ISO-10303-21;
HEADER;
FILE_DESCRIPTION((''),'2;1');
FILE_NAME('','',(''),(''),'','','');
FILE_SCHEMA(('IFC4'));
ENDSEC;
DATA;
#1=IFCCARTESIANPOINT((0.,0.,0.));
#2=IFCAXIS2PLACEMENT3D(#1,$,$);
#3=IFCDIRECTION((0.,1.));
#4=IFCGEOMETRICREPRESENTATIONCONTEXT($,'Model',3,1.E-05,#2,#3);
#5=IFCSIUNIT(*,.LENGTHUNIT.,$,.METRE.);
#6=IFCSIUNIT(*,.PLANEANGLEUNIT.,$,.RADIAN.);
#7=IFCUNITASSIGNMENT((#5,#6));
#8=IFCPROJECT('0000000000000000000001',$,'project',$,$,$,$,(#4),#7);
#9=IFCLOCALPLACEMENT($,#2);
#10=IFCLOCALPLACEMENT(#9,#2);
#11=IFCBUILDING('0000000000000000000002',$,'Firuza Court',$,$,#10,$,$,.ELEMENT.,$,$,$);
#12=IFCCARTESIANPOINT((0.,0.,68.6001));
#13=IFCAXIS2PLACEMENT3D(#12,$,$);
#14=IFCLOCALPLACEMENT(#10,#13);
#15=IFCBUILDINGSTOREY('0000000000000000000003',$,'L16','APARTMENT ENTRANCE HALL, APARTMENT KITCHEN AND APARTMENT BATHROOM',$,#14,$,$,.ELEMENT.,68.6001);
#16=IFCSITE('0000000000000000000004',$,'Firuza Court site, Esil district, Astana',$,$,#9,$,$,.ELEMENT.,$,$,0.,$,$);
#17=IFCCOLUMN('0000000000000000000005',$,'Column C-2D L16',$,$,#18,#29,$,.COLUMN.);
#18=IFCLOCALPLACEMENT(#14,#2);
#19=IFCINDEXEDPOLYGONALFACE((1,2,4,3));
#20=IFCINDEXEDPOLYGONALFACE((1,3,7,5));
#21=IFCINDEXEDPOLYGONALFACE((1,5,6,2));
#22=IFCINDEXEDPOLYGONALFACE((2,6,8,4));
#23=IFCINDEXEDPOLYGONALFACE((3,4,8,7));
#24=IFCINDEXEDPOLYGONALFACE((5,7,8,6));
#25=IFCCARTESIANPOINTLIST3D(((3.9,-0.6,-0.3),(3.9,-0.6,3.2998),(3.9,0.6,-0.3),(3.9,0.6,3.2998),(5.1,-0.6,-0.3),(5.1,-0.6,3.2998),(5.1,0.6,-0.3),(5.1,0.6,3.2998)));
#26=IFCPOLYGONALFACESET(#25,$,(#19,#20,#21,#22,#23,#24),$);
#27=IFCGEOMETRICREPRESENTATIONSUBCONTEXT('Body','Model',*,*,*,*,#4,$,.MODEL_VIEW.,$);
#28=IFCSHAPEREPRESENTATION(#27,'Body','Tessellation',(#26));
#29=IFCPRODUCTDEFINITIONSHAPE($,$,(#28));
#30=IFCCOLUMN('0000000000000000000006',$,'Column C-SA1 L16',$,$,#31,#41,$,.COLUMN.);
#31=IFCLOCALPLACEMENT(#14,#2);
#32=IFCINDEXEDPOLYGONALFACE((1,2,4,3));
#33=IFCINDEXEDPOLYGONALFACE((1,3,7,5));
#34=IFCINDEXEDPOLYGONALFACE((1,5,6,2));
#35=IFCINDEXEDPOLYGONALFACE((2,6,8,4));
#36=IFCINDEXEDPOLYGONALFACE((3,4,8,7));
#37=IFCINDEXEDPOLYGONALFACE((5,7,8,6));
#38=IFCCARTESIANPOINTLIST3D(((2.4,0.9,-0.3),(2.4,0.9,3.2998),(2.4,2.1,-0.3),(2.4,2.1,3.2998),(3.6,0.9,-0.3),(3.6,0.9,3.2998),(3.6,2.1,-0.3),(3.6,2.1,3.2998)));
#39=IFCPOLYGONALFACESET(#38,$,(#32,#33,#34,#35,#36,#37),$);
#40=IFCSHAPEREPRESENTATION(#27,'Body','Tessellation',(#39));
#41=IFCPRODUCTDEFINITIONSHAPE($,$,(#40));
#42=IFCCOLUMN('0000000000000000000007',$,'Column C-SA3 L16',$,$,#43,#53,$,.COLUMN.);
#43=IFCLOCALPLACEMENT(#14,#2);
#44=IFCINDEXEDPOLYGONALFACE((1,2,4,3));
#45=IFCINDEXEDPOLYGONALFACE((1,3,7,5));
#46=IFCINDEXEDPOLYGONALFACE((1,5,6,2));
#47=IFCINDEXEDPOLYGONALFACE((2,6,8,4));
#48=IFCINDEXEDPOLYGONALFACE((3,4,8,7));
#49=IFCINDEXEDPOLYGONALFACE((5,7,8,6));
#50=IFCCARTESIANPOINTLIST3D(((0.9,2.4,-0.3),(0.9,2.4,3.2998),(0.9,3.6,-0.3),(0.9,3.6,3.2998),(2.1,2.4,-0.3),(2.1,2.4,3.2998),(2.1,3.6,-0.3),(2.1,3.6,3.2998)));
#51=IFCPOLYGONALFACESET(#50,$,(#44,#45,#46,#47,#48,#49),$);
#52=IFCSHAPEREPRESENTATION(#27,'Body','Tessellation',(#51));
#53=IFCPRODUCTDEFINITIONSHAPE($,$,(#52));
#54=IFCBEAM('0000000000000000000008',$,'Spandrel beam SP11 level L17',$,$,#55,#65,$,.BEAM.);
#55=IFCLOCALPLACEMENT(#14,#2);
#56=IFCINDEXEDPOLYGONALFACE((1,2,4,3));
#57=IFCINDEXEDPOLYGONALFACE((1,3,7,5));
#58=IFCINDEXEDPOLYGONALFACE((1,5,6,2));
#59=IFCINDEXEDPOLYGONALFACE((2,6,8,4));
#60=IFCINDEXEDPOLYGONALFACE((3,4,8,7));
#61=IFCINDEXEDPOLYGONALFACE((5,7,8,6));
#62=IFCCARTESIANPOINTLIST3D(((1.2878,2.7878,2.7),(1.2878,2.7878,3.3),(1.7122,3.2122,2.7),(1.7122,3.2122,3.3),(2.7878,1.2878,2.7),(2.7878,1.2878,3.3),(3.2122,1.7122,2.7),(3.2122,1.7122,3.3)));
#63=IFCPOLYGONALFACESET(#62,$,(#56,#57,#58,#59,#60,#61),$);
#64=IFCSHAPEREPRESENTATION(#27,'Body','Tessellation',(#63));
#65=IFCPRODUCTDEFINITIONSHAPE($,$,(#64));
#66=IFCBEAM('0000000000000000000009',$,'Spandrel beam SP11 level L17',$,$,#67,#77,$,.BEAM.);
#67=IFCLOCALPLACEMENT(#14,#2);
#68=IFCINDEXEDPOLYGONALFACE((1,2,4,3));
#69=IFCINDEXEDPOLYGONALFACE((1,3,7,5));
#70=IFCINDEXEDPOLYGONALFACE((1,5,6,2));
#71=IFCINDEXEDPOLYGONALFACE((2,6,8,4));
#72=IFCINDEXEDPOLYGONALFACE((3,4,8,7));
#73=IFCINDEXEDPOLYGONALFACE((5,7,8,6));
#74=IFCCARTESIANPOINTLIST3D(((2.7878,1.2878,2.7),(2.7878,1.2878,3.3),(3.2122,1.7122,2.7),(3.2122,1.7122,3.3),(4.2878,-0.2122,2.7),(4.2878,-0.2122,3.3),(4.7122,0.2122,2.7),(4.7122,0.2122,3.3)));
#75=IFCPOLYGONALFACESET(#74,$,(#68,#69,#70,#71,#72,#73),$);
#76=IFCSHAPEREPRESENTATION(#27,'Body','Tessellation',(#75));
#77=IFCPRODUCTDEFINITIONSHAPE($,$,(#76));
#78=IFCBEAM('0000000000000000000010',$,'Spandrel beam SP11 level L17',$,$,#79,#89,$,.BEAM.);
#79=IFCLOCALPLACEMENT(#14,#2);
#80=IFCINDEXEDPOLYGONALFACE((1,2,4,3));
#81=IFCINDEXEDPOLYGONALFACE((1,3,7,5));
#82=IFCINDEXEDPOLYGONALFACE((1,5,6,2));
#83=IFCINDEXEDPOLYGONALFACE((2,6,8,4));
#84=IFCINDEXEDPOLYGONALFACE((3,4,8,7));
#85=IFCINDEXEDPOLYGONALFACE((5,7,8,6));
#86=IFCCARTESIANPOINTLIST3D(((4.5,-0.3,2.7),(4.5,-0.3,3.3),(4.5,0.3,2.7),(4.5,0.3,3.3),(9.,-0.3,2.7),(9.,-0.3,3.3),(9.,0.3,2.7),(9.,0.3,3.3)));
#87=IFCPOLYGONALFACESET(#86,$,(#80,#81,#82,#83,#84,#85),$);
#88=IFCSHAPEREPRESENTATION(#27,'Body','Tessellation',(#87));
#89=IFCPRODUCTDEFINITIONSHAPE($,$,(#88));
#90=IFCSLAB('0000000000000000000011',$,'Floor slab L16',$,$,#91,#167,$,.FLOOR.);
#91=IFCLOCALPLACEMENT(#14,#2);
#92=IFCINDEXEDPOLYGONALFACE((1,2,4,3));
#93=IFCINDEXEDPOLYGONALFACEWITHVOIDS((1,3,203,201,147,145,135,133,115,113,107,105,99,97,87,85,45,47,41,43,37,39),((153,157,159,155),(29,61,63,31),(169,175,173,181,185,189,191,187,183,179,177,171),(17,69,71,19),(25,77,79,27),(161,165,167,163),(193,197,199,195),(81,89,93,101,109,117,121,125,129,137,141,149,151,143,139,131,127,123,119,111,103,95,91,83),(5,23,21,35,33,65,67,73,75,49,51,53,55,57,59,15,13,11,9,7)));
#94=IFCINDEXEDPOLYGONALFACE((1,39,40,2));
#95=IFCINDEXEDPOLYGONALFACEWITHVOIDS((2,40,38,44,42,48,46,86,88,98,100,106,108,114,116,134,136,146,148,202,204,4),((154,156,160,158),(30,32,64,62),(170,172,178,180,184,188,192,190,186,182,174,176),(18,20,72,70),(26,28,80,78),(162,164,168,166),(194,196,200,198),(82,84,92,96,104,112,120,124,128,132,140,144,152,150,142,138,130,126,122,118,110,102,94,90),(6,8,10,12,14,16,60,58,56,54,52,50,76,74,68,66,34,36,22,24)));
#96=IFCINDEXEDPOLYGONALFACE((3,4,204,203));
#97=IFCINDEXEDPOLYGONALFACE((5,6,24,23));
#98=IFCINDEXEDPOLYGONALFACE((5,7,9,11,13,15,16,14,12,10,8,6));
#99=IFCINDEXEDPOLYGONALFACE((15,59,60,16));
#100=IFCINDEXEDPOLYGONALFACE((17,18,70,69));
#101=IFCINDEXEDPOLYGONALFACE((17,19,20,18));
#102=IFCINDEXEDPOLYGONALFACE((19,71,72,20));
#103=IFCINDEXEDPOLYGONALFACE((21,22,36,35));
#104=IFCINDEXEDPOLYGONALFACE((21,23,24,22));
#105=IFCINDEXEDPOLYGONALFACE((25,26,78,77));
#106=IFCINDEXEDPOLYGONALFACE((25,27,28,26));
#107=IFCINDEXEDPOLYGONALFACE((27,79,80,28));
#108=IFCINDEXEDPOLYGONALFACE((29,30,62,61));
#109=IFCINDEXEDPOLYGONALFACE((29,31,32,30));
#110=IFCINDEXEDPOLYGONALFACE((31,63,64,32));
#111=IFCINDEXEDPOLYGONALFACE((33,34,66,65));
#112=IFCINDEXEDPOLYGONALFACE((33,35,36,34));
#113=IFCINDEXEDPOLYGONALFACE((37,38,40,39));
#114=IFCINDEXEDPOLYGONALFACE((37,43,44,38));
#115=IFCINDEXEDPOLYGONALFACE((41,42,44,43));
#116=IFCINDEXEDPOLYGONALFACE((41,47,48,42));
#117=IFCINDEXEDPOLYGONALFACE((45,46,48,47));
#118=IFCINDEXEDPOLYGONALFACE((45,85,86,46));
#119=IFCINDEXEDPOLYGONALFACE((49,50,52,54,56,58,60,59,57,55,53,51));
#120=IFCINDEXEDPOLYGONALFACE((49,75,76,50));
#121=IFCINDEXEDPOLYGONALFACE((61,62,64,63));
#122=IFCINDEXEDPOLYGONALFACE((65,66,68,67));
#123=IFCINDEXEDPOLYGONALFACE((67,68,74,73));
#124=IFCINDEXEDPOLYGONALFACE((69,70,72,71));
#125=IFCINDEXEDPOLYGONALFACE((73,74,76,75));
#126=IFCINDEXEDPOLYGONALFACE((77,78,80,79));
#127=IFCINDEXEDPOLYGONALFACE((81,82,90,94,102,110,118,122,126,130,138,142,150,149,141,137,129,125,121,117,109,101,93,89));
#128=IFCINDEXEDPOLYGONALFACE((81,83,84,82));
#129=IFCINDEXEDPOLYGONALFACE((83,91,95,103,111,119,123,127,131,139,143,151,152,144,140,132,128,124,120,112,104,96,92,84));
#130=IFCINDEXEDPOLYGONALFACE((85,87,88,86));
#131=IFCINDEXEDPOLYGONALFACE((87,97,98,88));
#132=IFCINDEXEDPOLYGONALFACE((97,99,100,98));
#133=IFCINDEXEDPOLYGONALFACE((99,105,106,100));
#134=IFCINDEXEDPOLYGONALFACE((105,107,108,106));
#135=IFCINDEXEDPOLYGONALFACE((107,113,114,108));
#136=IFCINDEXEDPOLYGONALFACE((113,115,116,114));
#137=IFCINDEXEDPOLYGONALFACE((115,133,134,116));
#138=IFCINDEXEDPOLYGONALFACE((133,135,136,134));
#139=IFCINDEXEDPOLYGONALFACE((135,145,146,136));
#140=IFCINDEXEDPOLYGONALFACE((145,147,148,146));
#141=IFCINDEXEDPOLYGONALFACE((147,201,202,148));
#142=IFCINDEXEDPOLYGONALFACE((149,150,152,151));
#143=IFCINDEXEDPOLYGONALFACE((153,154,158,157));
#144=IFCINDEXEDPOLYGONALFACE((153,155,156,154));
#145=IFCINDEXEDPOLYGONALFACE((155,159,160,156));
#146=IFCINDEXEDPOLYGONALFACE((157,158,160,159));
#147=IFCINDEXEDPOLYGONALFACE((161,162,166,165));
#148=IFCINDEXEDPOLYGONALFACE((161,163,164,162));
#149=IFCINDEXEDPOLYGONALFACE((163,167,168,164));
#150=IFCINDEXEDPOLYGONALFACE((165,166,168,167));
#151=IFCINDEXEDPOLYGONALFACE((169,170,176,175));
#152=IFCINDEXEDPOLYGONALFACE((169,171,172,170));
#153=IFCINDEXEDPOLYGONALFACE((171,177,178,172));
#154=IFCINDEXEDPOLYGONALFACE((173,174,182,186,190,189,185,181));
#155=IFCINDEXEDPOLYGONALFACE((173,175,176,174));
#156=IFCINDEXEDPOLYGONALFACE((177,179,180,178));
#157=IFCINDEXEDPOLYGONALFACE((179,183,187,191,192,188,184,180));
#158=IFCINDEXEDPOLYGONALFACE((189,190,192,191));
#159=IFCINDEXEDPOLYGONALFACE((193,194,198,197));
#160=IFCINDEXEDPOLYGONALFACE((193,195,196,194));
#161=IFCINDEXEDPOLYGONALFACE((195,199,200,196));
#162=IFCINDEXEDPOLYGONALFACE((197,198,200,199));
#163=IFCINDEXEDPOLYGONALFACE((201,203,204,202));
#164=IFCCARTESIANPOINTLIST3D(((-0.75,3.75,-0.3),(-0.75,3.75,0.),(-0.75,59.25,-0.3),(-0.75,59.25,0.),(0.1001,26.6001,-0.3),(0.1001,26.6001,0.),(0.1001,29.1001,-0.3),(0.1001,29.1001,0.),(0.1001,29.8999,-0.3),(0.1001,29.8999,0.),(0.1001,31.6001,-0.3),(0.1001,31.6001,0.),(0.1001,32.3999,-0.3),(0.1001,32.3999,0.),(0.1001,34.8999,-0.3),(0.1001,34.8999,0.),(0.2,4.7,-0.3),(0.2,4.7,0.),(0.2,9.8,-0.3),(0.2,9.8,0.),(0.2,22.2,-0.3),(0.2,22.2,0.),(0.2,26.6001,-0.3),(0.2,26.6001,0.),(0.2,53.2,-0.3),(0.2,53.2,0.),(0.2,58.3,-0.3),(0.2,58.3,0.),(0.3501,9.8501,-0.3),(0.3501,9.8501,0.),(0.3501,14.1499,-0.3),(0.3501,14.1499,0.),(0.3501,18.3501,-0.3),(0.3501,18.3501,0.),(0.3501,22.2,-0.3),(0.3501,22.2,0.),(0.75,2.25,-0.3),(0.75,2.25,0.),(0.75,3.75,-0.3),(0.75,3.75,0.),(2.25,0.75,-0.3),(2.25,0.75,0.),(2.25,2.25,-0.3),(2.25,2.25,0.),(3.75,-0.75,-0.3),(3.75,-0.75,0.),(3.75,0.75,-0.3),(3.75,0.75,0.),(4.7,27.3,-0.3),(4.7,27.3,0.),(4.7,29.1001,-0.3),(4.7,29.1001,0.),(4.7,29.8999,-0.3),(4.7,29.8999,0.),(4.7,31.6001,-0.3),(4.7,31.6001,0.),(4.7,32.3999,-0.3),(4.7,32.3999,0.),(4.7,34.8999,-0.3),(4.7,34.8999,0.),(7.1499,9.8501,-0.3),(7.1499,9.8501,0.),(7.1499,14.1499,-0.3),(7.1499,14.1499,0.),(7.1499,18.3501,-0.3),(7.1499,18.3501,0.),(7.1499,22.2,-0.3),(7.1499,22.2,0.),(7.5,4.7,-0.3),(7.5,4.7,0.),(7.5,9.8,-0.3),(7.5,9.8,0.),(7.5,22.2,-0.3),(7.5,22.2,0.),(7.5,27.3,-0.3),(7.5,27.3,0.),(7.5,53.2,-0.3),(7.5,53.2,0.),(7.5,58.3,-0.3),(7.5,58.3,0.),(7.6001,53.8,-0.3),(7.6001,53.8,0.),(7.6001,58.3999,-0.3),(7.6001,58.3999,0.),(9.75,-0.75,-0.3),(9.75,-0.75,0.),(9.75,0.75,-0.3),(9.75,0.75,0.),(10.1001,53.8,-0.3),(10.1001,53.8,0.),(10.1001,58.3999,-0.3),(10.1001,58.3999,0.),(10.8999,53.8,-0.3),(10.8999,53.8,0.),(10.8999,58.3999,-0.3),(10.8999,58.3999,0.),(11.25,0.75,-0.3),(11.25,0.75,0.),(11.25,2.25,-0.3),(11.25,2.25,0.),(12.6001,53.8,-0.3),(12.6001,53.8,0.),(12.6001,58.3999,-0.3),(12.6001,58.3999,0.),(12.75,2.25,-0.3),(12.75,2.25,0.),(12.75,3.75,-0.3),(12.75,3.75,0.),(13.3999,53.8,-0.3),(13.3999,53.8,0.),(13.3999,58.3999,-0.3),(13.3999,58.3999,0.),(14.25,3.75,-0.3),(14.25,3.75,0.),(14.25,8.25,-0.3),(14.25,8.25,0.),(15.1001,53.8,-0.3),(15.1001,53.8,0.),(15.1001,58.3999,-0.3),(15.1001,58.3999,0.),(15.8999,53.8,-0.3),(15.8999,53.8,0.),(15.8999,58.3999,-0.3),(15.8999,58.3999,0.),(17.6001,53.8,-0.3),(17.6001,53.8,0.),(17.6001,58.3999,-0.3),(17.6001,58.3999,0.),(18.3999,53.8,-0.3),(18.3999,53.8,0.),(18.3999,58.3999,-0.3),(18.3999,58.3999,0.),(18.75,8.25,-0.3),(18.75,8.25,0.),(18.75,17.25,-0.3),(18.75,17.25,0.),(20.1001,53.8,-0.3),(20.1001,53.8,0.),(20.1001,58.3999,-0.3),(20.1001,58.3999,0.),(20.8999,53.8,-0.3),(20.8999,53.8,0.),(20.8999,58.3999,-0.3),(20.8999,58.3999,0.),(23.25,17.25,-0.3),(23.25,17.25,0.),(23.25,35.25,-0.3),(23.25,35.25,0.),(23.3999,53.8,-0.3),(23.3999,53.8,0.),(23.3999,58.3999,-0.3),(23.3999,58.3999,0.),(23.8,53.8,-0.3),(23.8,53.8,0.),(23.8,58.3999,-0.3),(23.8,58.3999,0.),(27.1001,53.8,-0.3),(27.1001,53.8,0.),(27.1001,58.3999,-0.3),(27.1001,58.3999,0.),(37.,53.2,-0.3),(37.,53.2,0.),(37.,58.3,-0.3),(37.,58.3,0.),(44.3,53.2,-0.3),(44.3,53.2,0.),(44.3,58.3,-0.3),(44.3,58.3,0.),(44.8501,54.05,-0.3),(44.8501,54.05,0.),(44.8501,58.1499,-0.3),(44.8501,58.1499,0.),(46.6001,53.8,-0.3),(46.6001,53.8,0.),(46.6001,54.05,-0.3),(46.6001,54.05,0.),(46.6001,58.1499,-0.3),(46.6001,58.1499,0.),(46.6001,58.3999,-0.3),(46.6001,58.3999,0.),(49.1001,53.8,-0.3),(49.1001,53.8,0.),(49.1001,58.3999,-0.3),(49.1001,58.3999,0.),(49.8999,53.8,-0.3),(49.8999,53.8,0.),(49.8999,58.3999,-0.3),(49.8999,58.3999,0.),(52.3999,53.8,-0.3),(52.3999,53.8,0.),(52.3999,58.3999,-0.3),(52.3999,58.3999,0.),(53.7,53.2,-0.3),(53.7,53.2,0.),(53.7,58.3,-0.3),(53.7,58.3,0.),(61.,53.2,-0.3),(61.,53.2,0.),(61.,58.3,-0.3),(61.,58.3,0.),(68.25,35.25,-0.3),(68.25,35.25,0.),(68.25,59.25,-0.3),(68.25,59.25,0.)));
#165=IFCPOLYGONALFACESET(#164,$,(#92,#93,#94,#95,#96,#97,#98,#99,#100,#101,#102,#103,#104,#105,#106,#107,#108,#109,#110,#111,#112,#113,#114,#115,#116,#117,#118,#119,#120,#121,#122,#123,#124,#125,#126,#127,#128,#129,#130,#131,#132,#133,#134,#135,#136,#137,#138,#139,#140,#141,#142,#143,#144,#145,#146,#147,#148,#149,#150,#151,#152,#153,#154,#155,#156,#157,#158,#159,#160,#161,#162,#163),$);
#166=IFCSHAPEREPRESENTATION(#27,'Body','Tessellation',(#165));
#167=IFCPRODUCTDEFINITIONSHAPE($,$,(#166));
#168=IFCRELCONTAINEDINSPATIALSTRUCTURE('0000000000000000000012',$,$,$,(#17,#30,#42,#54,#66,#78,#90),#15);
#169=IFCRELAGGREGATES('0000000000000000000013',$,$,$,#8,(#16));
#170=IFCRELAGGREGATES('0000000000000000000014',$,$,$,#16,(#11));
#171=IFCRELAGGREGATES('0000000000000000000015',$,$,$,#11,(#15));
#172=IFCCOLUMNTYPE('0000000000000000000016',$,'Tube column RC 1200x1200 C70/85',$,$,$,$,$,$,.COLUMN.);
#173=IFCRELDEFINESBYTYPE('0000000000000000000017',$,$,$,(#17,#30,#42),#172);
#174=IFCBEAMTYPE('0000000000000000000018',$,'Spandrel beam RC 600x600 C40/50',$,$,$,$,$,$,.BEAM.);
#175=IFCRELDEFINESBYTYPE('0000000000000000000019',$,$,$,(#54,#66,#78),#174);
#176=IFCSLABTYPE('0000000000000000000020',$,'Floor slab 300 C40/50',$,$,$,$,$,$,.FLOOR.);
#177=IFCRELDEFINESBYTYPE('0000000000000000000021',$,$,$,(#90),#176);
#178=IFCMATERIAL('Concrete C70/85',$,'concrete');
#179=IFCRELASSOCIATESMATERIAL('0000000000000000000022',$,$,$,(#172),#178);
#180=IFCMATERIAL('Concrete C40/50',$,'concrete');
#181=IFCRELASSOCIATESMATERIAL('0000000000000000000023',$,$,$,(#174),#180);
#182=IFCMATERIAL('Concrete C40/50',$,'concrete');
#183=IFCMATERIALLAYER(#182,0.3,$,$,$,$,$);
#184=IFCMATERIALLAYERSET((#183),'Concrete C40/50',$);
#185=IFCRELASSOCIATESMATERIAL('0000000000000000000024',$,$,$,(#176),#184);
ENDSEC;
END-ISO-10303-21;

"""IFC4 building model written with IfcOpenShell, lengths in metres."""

from ifc_helpers import new_model, si_unit, direction, frame, origin, origin_2d, place, context, subcontext, project, spatial, polyline, rectangle, outline, extrude, material, layer, layer_set, material_profile, profile_set, type_object, element, save


model = new_model("IFC4")

# Units and contexts
model_context = context("Model", 3, precision=1e-05, world=origin(), true_north=direction((0.0, 1.0)))
body_context = subcontext(model_context, "Body", "Model", "MODEL_VIEW")
ifc_project = project(units=[si_unit("LENGTHUNIT", "METRE"), si_unit("PLANEANGLEUNIT", "RADIAN")], contexts=[model_context])

# Site, building, storey
site_placement = place(None, origin())
site = spatial("IfcSite", under=ifc_project, at=site_placement, Name="Firuza Court site, Esil district, Astana", CompositionType="ELEMENT", RefElevation=0.0)
building_placement = place(site_placement, origin())
building = spatial("IfcBuilding", under=site, at=building_placement, Name="Firuza Court", CompositionType="ELEMENT")
storey_placement = place(building_placement, frame((0.0, 0.0, 68.6001)))
storey = spatial("IfcBuildingStorey", under=building, at=storey_placement, Name="L16", Description="APARTMENT ENTRANCE HALL, APARTMENT KITCHEN AND APARTMENT BATHROOM", CompositionType="ELEMENT", Elevation=68.6001)

# Columns
ifc_material_1 = material(Name="Concrete C70/85", Category="concrete")
ifc_material_profile_1 = material_profile(ifc_material_1, rectangle(XDim=1.2, YDim=1.2, at=origin_2d()), Name="RC 1200x1200")
ifc_profile_set_1 = profile_set([ifc_material_profile_1], Name="Concrete C70/85")
column_type = type_object("IfcColumnType", Name="Tube column RC 1200x1200 C70/85", PredefinedType="COLUMN", material=ifc_profile_set_1)
for number, where, z_axis, x_axis, name in (
    (1, (4.5, 0.0, -0.3), (0.0, 0.0, 1.0), (1.0, 0.0, 0.0), "Column C-2D L16"),
    (2, (3.0, 1.5, -0.3), (0.0, 0.0, 1.0), (1.0, 0.0, 0.0), "Column C-SA1 L16"),
    (3, (1.5, 3.0, -0.3), (0.0, 0.0, 1.0), (1.0, 0.0, 0.0), "Column C-SA3 L16"),
):
    element("IfcColumn", number, at=place(storey_placement, frame(where, z_axis=z_axis, x_axis=x_axis)), inside=storey, type_object=column_type, Name=name, PredefinedType="COLUMN", context=body_context, shape_type="SweptSolid", body=[
        extrude(rectangle(XDim=1.2, YDim=1.2, at=origin_2d()), origin(), (0.0, 0.0, 1.0), 3.5999),
    ])

# Beams
ifc_material_2 = material(Name="Concrete C40/50", Category="concrete")
ifc_material_profile_2 = material_profile(ifc_material_2, rectangle(XDim=0.6001, YDim=0.6001, at=origin_2d()), Name="RC 600x600")
ifc_profile_set_2 = profile_set([ifc_material_profile_2], Name="Concrete C40/50")
beam_type = type_object("IfcBeamType", Name="Spandrel beam RC 600x600 C40/50", PredefinedType="BEAM", material=ifc_profile_set_2)
for number, where, z_axis, x_axis, name in (
    (4, (1.5, 3.0, 3.0), (0.707107, -0.707107, 0.0), (0.707107, 0.707107, 0.0), "Spandrel beam SP11 level L17"),
    (5, (3.0, 1.5, 3.0), (0.707107, -0.707107, 0.0), (0.707107, 0.707107, 0.0), "Spandrel beam SP11 level L17"),
):
    element("IfcBeam", number, at=place(storey_placement, frame(where, z_axis=z_axis, x_axis=x_axis)), inside=storey, type_object=beam_type, Name=name, PredefinedType="BEAM", context=body_context, shape_type="SweptSolid", body=[
        extrude(rectangle(XDim=0.6001, YDim=0.6001, at=origin_2d()), origin(), (0.0, 0.0, 1.0), 2.1213),
    ])
beam_placement = place(storey_placement, frame((4.5, 0.0, 3.0), z_axis=(1.0, 0.0, 0.0), x_axis=(0.0, 1.0, 0.0)))
element("IfcBeam", 6, at=beam_placement, inside=storey, type_object=beam_type, Name="Spandrel beam SP11 level L17", PredefinedType="BEAM", context=body_context, shape_type="SweptSolid", body=[
    extrude(rectangle(XDim=0.6001, YDim=0.6001, at=origin_2d()), origin(), (0.0, 0.0, 1.0), 4.5),
])

# Slab
ifc_material_3 = material(Name="Concrete C40/50", Category="concrete")
ifc_layer_1 = layer(ifc_material_3, 0.3)
ifc_layer_set_1 = layer_set([ifc_layer_1], Name="Concrete C40/50")
slab_type_1 = type_object("IfcSlabType", Name="Floor slab 300 C40/50", PredefinedType="FLOOR", material=ifc_layer_set_1)
slab_1_placement = place(storey_placement, frame((0.0, 0.0, -0.3)))
element("IfcSlab", 7, at=slab_1_placement, inside=storey, type_object=slab_type_1, Name="Floor slab L16", PredefinedType="FLOOR", context=body_context, shape_type="SweptSolid", body=[
    extrude(outline(polyline([(3.75, -0.75), (3.75, 0.75), (2.25, 0.75), (2.25, 2.25), (0.75, 2.25), (0.75, 3.75), (-0.75, 3.75), (-0.75, 59.25), (68.25, 59.25), (68.25, 35.25), (23.25, 35.25), (23.25, 17.25), (18.75, 17.25), (18.75, 8.25), (14.25, 8.25), (14.25, 3.75), (12.75, 3.75), (12.75, 2.25), (11.25, 2.25), (11.25, 0.75), (9.75, 0.75), (9.75, -0.75), (3.75, -0.75)]), holes=[polyline([(7.5, 9.8), (0.2, 9.8), (0.2, 4.7), (7.5, 4.7), (7.5, 9.8)]), polyline([(7.1499, 14.1499), (0.3501, 14.1499), (0.3501, 9.8501), (7.1499, 9.8501), (7.1499, 14.1499)]), polyline([(0.2, 22.2), (0.3501, 22.2), (0.3501, 18.3501), (7.1499, 18.3501), (7.1499, 22.2), (7.5, 22.2), (7.5, 27.3), (4.7, 27.3), (4.7, 29.1001), (4.7, 29.8999), (4.7, 31.6001), (4.7, 32.3999), (4.7, 34.8999), (0.1001, 34.8999), (0.1001, 32.3999), (0.1001, 31.6001), (0.1001, 29.8999), (0.1001, 29.1001), (0.1001, 26.6001), (0.2, 26.6001), (0.2, 22.2)]), polyline([(7.5, 58.3), (0.2, 58.3), (0.2, 53.2), (7.5, 53.2), (7.5, 58.3)]), polyline([(10.1001, 58.3999), (7.6001, 58.3999), (7.6001, 53.8), (10.1001, 53.8), (10.8999, 53.8), (12.6001, 53.8), (13.3999, 53.8), (15.1001, 53.8), (15.8999, 53.8), (17.6001, 53.8), (18.3999, 53.8), (20.1001, 53.8), (20.8999, 53.8), (23.3999, 53.8), (23.3999, 58.3999), (20.8999, 58.3999), (20.1001, 58.3999), (18.3999, 58.3999), (17.6001, 58.3999), (15.8999, 58.3999), (15.1001, 58.3999), (13.3999, 58.3999), (12.6001, 58.3999), (10.8999, 58.3999), (10.1001, 58.3999)]), polyline([(44.3, 58.3), (37.0, 58.3), (37.0, 53.2), (44.3, 53.2), (44.3, 58.3)]), polyline([(61.0, 58.3), (53.7, 58.3), (53.7, 53.2), (61.0, 53.2), (61.0, 58.3)]), polyline([(27.1001, 58.3999), (23.8, 58.3999), (23.8, 53.8), (27.1001, 53.8), (27.1001, 58.3999)]), polyline([(46.6001, 58.1499), (44.8501, 58.1499), (44.8501, 54.05), (46.6001, 54.05), (46.6001, 53.8), (49.1001, 53.8), (49.8999, 53.8), (52.3999, 53.8), (52.3999, 58.3999), (49.8999, 58.3999), (49.1001, 58.3999), (46.6001, 58.3999), (46.6001, 58.1499)])]), origin(), (0.0, 0.0, 1.0), 0.3),
])

save(model, "model.ifc")
